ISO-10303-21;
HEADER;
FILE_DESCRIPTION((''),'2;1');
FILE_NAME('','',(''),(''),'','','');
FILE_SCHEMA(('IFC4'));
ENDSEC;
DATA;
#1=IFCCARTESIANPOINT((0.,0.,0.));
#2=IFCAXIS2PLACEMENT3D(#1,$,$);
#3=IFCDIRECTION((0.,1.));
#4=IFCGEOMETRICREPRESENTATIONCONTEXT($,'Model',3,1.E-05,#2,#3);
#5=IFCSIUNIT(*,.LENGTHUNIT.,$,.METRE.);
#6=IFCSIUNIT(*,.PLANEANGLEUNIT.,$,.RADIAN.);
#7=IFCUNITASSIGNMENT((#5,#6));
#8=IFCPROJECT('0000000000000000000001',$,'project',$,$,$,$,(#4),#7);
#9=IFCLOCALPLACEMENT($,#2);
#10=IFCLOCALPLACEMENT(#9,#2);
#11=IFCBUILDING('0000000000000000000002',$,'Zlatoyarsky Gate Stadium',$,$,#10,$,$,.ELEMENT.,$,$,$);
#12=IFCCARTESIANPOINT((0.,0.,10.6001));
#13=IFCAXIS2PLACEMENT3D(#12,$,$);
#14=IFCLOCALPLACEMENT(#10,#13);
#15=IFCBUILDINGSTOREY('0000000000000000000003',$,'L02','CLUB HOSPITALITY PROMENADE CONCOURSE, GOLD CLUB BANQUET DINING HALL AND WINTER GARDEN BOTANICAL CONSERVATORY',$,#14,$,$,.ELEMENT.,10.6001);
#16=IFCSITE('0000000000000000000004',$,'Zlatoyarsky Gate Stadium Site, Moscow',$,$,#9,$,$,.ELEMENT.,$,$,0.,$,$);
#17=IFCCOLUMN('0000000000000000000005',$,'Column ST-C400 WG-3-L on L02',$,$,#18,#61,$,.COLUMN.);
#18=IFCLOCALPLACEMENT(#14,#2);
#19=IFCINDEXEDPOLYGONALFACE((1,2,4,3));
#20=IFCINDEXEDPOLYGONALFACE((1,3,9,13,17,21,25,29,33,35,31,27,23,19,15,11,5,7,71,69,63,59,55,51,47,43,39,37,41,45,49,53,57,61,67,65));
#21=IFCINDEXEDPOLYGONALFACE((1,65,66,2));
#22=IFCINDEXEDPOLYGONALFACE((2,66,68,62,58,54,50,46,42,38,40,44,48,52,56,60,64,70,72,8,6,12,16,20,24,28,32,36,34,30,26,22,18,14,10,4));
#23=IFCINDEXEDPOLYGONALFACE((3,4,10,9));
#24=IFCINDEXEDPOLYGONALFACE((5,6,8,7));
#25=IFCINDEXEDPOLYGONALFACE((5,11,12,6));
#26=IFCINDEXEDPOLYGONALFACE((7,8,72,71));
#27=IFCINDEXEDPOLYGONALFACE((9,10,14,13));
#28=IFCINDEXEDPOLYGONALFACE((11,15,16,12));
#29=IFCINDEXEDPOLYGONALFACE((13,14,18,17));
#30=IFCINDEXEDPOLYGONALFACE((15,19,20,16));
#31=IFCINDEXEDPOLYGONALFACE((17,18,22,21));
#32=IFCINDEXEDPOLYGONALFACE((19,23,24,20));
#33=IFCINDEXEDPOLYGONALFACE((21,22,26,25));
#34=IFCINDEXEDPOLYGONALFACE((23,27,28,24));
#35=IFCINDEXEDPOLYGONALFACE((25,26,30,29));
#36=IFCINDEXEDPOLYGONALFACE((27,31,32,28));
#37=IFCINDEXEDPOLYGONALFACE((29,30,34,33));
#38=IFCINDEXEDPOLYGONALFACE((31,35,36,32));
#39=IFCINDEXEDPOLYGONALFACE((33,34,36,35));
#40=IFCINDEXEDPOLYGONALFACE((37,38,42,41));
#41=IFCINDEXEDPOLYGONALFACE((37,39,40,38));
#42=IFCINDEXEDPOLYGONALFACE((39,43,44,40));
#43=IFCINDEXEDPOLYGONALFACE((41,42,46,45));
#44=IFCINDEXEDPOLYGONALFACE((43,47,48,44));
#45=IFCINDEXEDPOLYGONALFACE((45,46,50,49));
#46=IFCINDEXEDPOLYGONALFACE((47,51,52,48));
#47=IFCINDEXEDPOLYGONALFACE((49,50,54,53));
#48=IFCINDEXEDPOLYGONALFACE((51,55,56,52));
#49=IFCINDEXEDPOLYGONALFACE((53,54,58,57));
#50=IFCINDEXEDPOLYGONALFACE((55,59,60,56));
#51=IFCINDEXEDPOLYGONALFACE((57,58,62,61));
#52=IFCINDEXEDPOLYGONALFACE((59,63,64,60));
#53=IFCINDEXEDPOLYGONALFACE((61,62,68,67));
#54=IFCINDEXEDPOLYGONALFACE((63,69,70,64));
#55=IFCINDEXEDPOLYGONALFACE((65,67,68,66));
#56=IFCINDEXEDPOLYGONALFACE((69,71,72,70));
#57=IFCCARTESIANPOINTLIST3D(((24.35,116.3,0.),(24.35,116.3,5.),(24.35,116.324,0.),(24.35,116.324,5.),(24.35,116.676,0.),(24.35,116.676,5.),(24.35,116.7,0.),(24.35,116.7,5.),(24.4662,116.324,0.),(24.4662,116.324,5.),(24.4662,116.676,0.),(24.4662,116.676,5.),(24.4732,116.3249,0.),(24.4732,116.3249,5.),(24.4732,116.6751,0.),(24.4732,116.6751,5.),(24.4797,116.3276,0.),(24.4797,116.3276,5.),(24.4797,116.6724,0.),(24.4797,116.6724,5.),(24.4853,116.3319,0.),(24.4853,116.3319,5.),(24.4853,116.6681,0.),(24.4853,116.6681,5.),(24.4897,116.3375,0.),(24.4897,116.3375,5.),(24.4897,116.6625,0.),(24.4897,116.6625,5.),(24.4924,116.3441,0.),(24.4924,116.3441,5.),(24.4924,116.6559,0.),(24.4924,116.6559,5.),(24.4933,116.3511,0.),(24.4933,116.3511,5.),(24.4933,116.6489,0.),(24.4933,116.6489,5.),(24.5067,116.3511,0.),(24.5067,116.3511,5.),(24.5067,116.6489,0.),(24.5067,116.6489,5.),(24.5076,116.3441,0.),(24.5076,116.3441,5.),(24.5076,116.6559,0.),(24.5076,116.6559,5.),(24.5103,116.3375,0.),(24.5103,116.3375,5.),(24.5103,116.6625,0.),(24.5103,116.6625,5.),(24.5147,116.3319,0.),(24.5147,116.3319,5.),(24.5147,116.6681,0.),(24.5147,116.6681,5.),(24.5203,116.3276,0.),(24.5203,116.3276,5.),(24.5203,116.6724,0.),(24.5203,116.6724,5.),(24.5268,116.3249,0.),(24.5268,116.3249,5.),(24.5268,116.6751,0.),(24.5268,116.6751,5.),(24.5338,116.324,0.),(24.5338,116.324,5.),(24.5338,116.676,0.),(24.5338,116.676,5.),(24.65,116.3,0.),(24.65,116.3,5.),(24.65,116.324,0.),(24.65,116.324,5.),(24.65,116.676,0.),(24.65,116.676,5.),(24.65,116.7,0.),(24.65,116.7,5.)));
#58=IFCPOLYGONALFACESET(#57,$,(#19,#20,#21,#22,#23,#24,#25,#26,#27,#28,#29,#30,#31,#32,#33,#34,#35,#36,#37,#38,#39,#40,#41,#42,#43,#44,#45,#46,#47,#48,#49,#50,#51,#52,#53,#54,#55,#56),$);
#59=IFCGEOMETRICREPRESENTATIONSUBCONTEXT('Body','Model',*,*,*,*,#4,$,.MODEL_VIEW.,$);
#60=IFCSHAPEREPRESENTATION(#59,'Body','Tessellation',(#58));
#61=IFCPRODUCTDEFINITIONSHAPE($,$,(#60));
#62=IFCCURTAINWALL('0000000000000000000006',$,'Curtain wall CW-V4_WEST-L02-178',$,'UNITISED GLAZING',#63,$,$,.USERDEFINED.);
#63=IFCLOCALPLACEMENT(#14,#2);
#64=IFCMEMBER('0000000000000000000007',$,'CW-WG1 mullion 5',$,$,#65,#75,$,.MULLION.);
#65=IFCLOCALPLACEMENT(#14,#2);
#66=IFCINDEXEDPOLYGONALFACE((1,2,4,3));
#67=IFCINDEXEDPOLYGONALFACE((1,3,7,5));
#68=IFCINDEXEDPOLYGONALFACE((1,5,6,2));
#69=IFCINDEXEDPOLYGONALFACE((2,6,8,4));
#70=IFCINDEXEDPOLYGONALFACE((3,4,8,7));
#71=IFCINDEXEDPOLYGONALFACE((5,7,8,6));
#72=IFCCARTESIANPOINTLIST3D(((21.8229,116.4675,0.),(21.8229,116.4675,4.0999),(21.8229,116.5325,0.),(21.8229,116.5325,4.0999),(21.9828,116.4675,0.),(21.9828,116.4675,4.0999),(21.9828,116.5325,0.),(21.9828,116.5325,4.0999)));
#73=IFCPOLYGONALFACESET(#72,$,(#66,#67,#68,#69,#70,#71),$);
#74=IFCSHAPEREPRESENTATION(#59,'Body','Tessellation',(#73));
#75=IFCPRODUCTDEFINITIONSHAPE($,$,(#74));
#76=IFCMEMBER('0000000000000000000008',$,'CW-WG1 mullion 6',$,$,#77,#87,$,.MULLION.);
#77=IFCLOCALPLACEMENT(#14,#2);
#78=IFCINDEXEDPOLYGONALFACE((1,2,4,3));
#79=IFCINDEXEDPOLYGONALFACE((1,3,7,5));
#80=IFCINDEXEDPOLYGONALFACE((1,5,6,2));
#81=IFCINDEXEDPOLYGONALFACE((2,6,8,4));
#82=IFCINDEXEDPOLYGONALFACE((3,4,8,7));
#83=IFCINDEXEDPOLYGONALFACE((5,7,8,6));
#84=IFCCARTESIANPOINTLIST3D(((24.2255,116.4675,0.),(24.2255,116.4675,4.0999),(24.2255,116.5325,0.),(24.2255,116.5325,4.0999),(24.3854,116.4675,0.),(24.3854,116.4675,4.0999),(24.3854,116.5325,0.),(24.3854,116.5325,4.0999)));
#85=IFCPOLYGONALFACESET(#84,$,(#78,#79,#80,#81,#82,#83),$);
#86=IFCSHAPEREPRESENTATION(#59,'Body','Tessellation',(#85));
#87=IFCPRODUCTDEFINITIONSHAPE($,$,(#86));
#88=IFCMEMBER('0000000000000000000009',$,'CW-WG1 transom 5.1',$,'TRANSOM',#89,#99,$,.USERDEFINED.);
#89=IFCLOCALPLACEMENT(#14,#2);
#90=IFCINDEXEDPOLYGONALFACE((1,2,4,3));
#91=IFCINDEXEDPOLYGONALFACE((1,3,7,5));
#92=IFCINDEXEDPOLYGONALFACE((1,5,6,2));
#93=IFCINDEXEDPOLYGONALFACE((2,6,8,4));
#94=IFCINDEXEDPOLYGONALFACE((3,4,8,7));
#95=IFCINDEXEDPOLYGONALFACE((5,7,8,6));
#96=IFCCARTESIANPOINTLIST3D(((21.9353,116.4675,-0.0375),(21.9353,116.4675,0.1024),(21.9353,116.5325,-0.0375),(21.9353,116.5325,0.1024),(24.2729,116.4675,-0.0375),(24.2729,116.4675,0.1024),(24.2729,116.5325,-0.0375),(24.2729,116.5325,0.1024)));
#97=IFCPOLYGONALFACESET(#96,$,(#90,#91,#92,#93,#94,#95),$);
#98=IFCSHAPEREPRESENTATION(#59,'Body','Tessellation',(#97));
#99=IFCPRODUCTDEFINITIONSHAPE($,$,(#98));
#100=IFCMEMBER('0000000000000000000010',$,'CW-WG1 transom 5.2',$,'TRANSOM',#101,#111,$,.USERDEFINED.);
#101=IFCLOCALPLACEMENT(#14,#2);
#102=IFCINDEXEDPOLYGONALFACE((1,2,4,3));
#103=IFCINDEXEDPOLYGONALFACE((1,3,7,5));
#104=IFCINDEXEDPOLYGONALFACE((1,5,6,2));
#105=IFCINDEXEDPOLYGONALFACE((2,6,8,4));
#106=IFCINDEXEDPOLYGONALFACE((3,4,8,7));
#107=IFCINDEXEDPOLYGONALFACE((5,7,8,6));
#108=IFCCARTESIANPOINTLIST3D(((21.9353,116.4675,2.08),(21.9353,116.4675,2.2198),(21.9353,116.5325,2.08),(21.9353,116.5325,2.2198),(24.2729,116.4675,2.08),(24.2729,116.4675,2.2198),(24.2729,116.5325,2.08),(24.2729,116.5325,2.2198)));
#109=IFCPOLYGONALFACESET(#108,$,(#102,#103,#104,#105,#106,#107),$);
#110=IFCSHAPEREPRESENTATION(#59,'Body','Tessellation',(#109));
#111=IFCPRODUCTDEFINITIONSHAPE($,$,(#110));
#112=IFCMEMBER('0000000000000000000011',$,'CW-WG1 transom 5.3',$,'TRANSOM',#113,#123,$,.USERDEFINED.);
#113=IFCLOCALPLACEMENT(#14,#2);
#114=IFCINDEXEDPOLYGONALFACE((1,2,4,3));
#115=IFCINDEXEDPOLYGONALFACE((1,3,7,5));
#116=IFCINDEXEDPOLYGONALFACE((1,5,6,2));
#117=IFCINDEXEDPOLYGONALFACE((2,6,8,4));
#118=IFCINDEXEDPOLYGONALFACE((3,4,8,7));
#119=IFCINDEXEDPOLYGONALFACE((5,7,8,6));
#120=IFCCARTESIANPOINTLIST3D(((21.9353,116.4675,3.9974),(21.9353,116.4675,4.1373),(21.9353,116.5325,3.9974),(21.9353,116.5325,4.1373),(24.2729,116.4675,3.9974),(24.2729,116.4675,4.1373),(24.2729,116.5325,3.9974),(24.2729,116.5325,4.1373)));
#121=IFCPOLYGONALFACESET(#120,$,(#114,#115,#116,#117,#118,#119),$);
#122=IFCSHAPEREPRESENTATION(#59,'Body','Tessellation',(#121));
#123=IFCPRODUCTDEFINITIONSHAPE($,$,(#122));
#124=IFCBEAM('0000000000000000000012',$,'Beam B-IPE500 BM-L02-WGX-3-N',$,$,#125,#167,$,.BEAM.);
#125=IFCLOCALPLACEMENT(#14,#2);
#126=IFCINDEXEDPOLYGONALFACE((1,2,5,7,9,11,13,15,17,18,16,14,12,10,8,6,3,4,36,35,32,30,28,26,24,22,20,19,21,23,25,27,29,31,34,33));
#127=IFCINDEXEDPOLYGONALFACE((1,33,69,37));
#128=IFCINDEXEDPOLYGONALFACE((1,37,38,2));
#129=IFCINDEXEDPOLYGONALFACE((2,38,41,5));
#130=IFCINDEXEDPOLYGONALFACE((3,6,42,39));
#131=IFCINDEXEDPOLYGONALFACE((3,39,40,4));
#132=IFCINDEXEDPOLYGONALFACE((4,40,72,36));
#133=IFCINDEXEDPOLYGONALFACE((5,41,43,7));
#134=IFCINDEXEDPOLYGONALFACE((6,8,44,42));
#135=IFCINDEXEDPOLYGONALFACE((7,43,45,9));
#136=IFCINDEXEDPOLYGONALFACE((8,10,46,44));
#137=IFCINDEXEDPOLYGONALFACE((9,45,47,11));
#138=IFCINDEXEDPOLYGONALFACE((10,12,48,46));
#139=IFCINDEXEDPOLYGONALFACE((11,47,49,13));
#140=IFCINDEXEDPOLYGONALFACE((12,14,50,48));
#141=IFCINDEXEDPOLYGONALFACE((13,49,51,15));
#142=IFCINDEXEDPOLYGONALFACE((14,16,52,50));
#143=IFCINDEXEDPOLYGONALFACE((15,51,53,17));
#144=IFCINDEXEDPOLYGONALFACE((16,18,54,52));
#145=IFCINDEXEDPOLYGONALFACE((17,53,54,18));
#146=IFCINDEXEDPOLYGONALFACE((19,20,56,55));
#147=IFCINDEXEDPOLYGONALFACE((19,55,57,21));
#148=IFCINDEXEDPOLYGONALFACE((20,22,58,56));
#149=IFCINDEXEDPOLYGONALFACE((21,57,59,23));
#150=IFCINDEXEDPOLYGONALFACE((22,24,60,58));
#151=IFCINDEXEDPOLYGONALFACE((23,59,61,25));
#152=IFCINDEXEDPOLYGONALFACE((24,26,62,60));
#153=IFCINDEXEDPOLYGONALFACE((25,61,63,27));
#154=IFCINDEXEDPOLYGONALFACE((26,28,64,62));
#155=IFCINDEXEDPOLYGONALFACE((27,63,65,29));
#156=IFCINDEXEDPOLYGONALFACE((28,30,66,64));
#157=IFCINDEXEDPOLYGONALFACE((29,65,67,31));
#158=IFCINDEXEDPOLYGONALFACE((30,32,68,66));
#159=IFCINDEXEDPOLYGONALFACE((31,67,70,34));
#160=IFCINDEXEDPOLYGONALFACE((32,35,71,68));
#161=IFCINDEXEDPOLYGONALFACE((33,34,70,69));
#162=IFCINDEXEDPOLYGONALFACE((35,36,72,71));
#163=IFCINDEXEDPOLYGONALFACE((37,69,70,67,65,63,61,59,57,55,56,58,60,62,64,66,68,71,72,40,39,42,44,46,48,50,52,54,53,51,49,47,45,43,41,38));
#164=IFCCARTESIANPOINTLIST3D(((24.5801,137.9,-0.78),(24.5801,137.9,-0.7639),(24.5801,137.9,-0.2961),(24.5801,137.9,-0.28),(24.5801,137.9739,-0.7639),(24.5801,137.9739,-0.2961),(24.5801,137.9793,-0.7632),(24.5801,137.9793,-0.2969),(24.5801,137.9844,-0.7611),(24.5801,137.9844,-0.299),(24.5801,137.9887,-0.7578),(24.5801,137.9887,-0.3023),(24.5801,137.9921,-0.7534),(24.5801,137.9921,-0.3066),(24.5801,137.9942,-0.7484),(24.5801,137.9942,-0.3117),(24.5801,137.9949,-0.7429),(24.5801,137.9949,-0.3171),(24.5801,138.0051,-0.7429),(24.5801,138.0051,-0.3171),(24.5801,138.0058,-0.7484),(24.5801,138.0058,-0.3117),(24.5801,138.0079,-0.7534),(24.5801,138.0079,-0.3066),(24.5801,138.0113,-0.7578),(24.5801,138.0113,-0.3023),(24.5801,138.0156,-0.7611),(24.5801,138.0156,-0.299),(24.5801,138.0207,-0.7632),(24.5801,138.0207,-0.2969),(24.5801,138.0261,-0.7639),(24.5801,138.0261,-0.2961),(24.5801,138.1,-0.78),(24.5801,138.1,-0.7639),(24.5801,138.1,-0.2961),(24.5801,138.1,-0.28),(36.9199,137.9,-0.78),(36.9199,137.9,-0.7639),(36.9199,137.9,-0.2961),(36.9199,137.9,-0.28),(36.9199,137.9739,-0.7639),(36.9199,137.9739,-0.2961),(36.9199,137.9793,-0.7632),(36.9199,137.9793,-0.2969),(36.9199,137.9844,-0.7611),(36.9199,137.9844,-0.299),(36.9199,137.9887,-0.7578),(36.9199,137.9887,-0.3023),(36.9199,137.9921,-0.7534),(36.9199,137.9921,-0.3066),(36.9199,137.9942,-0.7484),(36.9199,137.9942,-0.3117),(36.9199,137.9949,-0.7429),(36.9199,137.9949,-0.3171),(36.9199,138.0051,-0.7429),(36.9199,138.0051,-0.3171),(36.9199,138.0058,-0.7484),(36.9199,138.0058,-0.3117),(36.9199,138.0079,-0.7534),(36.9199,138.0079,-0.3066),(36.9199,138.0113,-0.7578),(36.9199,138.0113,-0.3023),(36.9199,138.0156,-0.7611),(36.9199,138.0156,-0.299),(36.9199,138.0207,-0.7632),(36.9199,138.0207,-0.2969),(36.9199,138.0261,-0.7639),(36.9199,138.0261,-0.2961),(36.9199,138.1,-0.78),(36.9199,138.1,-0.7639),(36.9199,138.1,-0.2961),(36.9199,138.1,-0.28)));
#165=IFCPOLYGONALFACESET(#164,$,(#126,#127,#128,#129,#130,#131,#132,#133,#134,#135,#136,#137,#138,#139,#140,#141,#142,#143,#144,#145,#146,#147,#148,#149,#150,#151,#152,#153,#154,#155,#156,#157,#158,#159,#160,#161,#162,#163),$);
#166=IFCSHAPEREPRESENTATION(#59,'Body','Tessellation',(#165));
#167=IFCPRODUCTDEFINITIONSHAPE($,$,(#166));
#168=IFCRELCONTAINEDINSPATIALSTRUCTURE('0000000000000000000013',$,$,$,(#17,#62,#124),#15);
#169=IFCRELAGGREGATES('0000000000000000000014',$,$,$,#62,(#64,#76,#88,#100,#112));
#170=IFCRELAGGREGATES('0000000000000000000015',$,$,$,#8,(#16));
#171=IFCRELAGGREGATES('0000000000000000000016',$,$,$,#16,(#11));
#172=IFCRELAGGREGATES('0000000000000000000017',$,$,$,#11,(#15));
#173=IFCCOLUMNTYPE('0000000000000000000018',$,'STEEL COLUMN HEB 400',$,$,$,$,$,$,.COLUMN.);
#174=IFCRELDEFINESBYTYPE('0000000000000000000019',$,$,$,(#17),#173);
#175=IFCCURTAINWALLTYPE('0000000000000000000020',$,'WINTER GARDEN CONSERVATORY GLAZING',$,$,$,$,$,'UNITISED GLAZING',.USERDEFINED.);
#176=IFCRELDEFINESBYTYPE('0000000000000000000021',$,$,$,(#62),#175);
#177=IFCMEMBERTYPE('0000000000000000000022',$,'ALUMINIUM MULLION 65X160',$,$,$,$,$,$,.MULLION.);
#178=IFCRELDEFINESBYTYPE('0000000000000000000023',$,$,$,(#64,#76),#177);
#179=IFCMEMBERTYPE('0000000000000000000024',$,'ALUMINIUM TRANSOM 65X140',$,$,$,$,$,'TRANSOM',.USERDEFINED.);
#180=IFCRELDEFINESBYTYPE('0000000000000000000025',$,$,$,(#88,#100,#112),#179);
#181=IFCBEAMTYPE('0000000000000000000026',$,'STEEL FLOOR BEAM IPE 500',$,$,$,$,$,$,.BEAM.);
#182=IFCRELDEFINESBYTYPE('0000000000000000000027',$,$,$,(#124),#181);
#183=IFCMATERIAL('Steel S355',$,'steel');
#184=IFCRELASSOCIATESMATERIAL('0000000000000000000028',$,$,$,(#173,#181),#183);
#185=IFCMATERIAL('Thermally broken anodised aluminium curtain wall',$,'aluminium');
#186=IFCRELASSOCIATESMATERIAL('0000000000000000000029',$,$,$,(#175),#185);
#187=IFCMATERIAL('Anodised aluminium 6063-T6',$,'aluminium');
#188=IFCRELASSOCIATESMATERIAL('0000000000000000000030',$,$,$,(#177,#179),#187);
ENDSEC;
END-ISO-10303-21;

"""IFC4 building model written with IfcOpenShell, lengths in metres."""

from ifc_helpers import new_model, si_unit, direction, frame, origin, origin_2d, place, context, subcontext, project, spatial, rectangle, i_section, extrude, material, material_profile, profile_set, type_object, element, aggregate, save


model = new_model("IFC4")

# Units and contexts
model_context = context("Model", 3, precision=1e-05, world=origin(), true_north=direction((0.0, 1.0)))
body_context = subcontext(model_context, "Body", "Model", "MODEL_VIEW")
ifc_project = project(units=[si_unit("LENGTHUNIT", "METRE"), si_unit("PLANEANGLEUNIT", "RADIAN")], contexts=[model_context])

# Site, building, storey
site_placement = place(None, origin())
site = spatial("IfcSite", under=ifc_project, at=site_placement, Name="Zlatoyarsky Gate Stadium Site, Moscow", CompositionType="ELEMENT", RefElevation=0.0)
building_placement = place(site_placement, origin())
building = spatial("IfcBuilding", under=site, at=building_placement, Name="Zlatoyarsky Gate Stadium", CompositionType="ELEMENT")
storey_placement = place(building_placement, frame((0.0, 0.0, 10.6001)))
storey = spatial("IfcBuildingStorey", under=building, at=storey_placement, Name="L02", Description="CLUB HOSPITALITY PROMENADE CONCOURSE, GOLD CLUB BANQUET DINING HALL AND WINTER GARDEN BOTANICAL CONSERVATORY", CompositionType="ELEMENT", Elevation=10.6001)

# Column
ifc_material_1 = material(Name="Steel S355", Category="steel")
ifc_material_profile_1 = material_profile(ifc_material_1, i_section(OverallWidth=0.3, OverallDepth=0.3999, WebThickness=0.0134, FlangeThickness=0.0239, FilletRadius=0.0271, at=origin_2d()), Name="HEB 400")
ifc_profile_set_1 = profile_set([ifc_material_profile_1], Name="Steel S355")
column_type = type_object("IfcColumnType", Name="STEEL COLUMN HEB 400", PredefinedType="COLUMN", material=ifc_profile_set_1)
column_placement = place(storey_placement, frame((24.5, 116.5, 0.0), z_axis=(0.0, 0.0, 1.0), x_axis=(1.0, 0.0, 0.0)))
element("IfcColumn", 1, at=column_placement, inside=storey, type_object=column_type, Name="Column ST-C400 WG-3-L on L02", PredefinedType="COLUMN", context=body_context, shape_type="SweptSolid", body=[
    extrude(i_section(OverallWidth=0.3, OverallDepth=0.3999, WebThickness=0.0134, FlangeThickness=0.0239, FilletRadius=0.0271, at=origin_2d()), origin(), (0.0, 0.0, 1.0), 5.0),
])

# Curtain wall, members
ifc_material_2 = material(Name="Thermally broken anodised aluminium curtain wall", Category="aluminium")
curtain_wall_type = type_object("IfcCurtainWallType", Name="WINTER GARDEN CONSERVATORY GLAZING", ElementType="UNITISED GLAZING", PredefinedType="USERDEFINED", material=ifc_material_2)
curtain_wall_placement = place(storey_placement, origin())
curtain_wall = element("IfcCurtainWall", 2, at=curtain_wall_placement, inside=storey, type_object=curtain_wall_type, Name="Curtain wall CW-V4_WEST-L02-178", ObjectType="UNITISED GLAZING", PredefinedType="USERDEFINED")
ifc_material_3 = material(Name="Anodised aluminium 6063-T6", Category="aluminium")
ifc_material_profile_2 = material_profile(ifc_material_3, rectangle(XDim=0.0649, YDim=0.1599, at=origin_2d()), Name="ALU 65X160")
ifc_profile_set_2 = profile_set([ifc_material_profile_2], Name="Anodised aluminium 6063-T6")
member_type_1 = type_object("IfcMemberType", Name="ALUMINIUM MULLION 65X160", PredefinedType="MULLION", material=ifc_profile_set_2)
member_1_placement = place(storey_placement, frame((21.9028, 116.5, 0.0), z_axis=(0.0, 0.0, 1.0), x_axis=(0.0, 1.0, 0.0)))
member_1 = element("IfcMember", 3, at=member_1_placement, type_object=member_type_1, Name="CW-WG1 mullion 5", PredefinedType="MULLION", context=body_context, shape_type="SweptSolid", body=[
    extrude(rectangle(XDim=0.0649, YDim=0.1599, at=origin_2d()), origin(), (0.0, 0.0, 1.0), 4.0999),
])
member_2_placement = place(storey_placement, frame((24.3054, 116.5, 0.0), z_axis=(0.0, 0.0, 1.0), x_axis=(0.0, 1.0, 0.0)))
member_2 = element("IfcMember", 4, at=member_2_placement, type_object=member_type_1, Name="CW-WG1 mullion 6", PredefinedType="MULLION", context=body_context, shape_type="SweptSolid", body=[
    extrude(rectangle(XDim=0.0649, YDim=0.1599, at=origin_2d()), origin(), (0.0, 0.0, 1.0), 4.0999),
])
ifc_material_profile_3 = material_profile(ifc_material_3, rectangle(XDim=0.0649, YDim=0.1399, at=origin_2d()), Name="ALU 65X140")
ifc_profile_set_3 = profile_set([ifc_material_profile_3], Name="Anodised aluminium 6063-T6")
member_type_2 = type_object("IfcMemberType", Name="ALUMINIUM TRANSOM 65X140", ElementType="TRANSOM", PredefinedType="USERDEFINED", material=ifc_profile_set_3)
member_3_placement = place(storey_placement, frame((21.9353, 116.5, 0.0325), z_axis=(1.0, 0.0, 0.0), x_axis=(0.0, 1.0, 0.0)))
member_3 = element("IfcMember", 5, at=member_3_placement, type_object=member_type_2, Name="CW-WG1 transom 5.1", ObjectType="TRANSOM", PredefinedType="USERDEFINED", context=body_context, shape_type="SweptSolid", body=[
    extrude(rectangle(XDim=0.0649, YDim=0.1399, at=origin_2d()), origin(), (0.0, 0.0, 1.0), 2.3376),
])
member_4_placement = place(storey_placement, frame((21.9353, 116.5, 2.1499), z_axis=(1.0, 0.0, 0.0), x_axis=(0.0, 1.0, 0.0)))
member_4 = element("IfcMember", 6, at=member_4_placement, type_object=member_type_2, Name="CW-WG1 transom 5.2", ObjectType="TRANSOM", PredefinedType="USERDEFINED", context=body_context, shape_type="SweptSolid", body=[
    extrude(rectangle(XDim=0.0649, YDim=0.1399, at=origin_2d()), origin(), (0.0, 0.0, 1.0), 2.3376),
])
member_5_placement = place(storey_placement, frame((21.9353, 116.5, 4.0674), z_axis=(1.0, 0.0, 0.0), x_axis=(0.0, 1.0, 0.0)))
member_5 = element("IfcMember", 7, at=member_5_placement, type_object=member_type_2, Name="CW-WG1 transom 5.3", ObjectType="TRANSOM", PredefinedType="USERDEFINED", context=body_context, shape_type="SweptSolid", body=[
    extrude(rectangle(XDim=0.0649, YDim=0.1399, at=origin_2d()), origin(), (0.0, 0.0, 1.0), 2.3376),
])

# Beam
ifc_material_profile_4 = material_profile(ifc_material_1, i_section(OverallWidth=0.2, OverallDepth=0.5, WebThickness=0.0103, FlangeThickness=0.0161, FilletRadius=0.021, at=origin_2d()), Name="IPE 500")
ifc_profile_set_4 = profile_set([ifc_material_profile_4], Name="Steel S355")
beam_type_1 = type_object("IfcBeamType", Name="STEEL FLOOR BEAM IPE 500", PredefinedType="BEAM", material=ifc_profile_set_4)
for number, where, z_axis, x_axis, name in (
    (8, (24.5801, 138.0, -0.53), (1.0, 0.0, 0.0), (0.0, 1.0, 0.0), "Beam B-IPE500 BM-L02-WGX-3-N"),
):
    element("IfcBeam", number, at=place(storey_placement, frame(where, z_axis=z_axis, x_axis=x_axis)), inside=storey, type_object=beam_type_1, Name=name, PredefinedType="BEAM", context=body_context, shape_type="SweptSolid", body=[
        extrude(i_section(OverallWidth=0.2, OverallDepth=0.5, WebThickness=0.0103, FlangeThickness=0.0161, FilletRadius=0.021, at=origin_2d()), origin(), (0.0, 0.0, 1.0), 12.3398),
    ])

aggregate(curtain_wall, [member_1, member_2, member_3, member_4, member_5])

save(model, "model.ifc")
